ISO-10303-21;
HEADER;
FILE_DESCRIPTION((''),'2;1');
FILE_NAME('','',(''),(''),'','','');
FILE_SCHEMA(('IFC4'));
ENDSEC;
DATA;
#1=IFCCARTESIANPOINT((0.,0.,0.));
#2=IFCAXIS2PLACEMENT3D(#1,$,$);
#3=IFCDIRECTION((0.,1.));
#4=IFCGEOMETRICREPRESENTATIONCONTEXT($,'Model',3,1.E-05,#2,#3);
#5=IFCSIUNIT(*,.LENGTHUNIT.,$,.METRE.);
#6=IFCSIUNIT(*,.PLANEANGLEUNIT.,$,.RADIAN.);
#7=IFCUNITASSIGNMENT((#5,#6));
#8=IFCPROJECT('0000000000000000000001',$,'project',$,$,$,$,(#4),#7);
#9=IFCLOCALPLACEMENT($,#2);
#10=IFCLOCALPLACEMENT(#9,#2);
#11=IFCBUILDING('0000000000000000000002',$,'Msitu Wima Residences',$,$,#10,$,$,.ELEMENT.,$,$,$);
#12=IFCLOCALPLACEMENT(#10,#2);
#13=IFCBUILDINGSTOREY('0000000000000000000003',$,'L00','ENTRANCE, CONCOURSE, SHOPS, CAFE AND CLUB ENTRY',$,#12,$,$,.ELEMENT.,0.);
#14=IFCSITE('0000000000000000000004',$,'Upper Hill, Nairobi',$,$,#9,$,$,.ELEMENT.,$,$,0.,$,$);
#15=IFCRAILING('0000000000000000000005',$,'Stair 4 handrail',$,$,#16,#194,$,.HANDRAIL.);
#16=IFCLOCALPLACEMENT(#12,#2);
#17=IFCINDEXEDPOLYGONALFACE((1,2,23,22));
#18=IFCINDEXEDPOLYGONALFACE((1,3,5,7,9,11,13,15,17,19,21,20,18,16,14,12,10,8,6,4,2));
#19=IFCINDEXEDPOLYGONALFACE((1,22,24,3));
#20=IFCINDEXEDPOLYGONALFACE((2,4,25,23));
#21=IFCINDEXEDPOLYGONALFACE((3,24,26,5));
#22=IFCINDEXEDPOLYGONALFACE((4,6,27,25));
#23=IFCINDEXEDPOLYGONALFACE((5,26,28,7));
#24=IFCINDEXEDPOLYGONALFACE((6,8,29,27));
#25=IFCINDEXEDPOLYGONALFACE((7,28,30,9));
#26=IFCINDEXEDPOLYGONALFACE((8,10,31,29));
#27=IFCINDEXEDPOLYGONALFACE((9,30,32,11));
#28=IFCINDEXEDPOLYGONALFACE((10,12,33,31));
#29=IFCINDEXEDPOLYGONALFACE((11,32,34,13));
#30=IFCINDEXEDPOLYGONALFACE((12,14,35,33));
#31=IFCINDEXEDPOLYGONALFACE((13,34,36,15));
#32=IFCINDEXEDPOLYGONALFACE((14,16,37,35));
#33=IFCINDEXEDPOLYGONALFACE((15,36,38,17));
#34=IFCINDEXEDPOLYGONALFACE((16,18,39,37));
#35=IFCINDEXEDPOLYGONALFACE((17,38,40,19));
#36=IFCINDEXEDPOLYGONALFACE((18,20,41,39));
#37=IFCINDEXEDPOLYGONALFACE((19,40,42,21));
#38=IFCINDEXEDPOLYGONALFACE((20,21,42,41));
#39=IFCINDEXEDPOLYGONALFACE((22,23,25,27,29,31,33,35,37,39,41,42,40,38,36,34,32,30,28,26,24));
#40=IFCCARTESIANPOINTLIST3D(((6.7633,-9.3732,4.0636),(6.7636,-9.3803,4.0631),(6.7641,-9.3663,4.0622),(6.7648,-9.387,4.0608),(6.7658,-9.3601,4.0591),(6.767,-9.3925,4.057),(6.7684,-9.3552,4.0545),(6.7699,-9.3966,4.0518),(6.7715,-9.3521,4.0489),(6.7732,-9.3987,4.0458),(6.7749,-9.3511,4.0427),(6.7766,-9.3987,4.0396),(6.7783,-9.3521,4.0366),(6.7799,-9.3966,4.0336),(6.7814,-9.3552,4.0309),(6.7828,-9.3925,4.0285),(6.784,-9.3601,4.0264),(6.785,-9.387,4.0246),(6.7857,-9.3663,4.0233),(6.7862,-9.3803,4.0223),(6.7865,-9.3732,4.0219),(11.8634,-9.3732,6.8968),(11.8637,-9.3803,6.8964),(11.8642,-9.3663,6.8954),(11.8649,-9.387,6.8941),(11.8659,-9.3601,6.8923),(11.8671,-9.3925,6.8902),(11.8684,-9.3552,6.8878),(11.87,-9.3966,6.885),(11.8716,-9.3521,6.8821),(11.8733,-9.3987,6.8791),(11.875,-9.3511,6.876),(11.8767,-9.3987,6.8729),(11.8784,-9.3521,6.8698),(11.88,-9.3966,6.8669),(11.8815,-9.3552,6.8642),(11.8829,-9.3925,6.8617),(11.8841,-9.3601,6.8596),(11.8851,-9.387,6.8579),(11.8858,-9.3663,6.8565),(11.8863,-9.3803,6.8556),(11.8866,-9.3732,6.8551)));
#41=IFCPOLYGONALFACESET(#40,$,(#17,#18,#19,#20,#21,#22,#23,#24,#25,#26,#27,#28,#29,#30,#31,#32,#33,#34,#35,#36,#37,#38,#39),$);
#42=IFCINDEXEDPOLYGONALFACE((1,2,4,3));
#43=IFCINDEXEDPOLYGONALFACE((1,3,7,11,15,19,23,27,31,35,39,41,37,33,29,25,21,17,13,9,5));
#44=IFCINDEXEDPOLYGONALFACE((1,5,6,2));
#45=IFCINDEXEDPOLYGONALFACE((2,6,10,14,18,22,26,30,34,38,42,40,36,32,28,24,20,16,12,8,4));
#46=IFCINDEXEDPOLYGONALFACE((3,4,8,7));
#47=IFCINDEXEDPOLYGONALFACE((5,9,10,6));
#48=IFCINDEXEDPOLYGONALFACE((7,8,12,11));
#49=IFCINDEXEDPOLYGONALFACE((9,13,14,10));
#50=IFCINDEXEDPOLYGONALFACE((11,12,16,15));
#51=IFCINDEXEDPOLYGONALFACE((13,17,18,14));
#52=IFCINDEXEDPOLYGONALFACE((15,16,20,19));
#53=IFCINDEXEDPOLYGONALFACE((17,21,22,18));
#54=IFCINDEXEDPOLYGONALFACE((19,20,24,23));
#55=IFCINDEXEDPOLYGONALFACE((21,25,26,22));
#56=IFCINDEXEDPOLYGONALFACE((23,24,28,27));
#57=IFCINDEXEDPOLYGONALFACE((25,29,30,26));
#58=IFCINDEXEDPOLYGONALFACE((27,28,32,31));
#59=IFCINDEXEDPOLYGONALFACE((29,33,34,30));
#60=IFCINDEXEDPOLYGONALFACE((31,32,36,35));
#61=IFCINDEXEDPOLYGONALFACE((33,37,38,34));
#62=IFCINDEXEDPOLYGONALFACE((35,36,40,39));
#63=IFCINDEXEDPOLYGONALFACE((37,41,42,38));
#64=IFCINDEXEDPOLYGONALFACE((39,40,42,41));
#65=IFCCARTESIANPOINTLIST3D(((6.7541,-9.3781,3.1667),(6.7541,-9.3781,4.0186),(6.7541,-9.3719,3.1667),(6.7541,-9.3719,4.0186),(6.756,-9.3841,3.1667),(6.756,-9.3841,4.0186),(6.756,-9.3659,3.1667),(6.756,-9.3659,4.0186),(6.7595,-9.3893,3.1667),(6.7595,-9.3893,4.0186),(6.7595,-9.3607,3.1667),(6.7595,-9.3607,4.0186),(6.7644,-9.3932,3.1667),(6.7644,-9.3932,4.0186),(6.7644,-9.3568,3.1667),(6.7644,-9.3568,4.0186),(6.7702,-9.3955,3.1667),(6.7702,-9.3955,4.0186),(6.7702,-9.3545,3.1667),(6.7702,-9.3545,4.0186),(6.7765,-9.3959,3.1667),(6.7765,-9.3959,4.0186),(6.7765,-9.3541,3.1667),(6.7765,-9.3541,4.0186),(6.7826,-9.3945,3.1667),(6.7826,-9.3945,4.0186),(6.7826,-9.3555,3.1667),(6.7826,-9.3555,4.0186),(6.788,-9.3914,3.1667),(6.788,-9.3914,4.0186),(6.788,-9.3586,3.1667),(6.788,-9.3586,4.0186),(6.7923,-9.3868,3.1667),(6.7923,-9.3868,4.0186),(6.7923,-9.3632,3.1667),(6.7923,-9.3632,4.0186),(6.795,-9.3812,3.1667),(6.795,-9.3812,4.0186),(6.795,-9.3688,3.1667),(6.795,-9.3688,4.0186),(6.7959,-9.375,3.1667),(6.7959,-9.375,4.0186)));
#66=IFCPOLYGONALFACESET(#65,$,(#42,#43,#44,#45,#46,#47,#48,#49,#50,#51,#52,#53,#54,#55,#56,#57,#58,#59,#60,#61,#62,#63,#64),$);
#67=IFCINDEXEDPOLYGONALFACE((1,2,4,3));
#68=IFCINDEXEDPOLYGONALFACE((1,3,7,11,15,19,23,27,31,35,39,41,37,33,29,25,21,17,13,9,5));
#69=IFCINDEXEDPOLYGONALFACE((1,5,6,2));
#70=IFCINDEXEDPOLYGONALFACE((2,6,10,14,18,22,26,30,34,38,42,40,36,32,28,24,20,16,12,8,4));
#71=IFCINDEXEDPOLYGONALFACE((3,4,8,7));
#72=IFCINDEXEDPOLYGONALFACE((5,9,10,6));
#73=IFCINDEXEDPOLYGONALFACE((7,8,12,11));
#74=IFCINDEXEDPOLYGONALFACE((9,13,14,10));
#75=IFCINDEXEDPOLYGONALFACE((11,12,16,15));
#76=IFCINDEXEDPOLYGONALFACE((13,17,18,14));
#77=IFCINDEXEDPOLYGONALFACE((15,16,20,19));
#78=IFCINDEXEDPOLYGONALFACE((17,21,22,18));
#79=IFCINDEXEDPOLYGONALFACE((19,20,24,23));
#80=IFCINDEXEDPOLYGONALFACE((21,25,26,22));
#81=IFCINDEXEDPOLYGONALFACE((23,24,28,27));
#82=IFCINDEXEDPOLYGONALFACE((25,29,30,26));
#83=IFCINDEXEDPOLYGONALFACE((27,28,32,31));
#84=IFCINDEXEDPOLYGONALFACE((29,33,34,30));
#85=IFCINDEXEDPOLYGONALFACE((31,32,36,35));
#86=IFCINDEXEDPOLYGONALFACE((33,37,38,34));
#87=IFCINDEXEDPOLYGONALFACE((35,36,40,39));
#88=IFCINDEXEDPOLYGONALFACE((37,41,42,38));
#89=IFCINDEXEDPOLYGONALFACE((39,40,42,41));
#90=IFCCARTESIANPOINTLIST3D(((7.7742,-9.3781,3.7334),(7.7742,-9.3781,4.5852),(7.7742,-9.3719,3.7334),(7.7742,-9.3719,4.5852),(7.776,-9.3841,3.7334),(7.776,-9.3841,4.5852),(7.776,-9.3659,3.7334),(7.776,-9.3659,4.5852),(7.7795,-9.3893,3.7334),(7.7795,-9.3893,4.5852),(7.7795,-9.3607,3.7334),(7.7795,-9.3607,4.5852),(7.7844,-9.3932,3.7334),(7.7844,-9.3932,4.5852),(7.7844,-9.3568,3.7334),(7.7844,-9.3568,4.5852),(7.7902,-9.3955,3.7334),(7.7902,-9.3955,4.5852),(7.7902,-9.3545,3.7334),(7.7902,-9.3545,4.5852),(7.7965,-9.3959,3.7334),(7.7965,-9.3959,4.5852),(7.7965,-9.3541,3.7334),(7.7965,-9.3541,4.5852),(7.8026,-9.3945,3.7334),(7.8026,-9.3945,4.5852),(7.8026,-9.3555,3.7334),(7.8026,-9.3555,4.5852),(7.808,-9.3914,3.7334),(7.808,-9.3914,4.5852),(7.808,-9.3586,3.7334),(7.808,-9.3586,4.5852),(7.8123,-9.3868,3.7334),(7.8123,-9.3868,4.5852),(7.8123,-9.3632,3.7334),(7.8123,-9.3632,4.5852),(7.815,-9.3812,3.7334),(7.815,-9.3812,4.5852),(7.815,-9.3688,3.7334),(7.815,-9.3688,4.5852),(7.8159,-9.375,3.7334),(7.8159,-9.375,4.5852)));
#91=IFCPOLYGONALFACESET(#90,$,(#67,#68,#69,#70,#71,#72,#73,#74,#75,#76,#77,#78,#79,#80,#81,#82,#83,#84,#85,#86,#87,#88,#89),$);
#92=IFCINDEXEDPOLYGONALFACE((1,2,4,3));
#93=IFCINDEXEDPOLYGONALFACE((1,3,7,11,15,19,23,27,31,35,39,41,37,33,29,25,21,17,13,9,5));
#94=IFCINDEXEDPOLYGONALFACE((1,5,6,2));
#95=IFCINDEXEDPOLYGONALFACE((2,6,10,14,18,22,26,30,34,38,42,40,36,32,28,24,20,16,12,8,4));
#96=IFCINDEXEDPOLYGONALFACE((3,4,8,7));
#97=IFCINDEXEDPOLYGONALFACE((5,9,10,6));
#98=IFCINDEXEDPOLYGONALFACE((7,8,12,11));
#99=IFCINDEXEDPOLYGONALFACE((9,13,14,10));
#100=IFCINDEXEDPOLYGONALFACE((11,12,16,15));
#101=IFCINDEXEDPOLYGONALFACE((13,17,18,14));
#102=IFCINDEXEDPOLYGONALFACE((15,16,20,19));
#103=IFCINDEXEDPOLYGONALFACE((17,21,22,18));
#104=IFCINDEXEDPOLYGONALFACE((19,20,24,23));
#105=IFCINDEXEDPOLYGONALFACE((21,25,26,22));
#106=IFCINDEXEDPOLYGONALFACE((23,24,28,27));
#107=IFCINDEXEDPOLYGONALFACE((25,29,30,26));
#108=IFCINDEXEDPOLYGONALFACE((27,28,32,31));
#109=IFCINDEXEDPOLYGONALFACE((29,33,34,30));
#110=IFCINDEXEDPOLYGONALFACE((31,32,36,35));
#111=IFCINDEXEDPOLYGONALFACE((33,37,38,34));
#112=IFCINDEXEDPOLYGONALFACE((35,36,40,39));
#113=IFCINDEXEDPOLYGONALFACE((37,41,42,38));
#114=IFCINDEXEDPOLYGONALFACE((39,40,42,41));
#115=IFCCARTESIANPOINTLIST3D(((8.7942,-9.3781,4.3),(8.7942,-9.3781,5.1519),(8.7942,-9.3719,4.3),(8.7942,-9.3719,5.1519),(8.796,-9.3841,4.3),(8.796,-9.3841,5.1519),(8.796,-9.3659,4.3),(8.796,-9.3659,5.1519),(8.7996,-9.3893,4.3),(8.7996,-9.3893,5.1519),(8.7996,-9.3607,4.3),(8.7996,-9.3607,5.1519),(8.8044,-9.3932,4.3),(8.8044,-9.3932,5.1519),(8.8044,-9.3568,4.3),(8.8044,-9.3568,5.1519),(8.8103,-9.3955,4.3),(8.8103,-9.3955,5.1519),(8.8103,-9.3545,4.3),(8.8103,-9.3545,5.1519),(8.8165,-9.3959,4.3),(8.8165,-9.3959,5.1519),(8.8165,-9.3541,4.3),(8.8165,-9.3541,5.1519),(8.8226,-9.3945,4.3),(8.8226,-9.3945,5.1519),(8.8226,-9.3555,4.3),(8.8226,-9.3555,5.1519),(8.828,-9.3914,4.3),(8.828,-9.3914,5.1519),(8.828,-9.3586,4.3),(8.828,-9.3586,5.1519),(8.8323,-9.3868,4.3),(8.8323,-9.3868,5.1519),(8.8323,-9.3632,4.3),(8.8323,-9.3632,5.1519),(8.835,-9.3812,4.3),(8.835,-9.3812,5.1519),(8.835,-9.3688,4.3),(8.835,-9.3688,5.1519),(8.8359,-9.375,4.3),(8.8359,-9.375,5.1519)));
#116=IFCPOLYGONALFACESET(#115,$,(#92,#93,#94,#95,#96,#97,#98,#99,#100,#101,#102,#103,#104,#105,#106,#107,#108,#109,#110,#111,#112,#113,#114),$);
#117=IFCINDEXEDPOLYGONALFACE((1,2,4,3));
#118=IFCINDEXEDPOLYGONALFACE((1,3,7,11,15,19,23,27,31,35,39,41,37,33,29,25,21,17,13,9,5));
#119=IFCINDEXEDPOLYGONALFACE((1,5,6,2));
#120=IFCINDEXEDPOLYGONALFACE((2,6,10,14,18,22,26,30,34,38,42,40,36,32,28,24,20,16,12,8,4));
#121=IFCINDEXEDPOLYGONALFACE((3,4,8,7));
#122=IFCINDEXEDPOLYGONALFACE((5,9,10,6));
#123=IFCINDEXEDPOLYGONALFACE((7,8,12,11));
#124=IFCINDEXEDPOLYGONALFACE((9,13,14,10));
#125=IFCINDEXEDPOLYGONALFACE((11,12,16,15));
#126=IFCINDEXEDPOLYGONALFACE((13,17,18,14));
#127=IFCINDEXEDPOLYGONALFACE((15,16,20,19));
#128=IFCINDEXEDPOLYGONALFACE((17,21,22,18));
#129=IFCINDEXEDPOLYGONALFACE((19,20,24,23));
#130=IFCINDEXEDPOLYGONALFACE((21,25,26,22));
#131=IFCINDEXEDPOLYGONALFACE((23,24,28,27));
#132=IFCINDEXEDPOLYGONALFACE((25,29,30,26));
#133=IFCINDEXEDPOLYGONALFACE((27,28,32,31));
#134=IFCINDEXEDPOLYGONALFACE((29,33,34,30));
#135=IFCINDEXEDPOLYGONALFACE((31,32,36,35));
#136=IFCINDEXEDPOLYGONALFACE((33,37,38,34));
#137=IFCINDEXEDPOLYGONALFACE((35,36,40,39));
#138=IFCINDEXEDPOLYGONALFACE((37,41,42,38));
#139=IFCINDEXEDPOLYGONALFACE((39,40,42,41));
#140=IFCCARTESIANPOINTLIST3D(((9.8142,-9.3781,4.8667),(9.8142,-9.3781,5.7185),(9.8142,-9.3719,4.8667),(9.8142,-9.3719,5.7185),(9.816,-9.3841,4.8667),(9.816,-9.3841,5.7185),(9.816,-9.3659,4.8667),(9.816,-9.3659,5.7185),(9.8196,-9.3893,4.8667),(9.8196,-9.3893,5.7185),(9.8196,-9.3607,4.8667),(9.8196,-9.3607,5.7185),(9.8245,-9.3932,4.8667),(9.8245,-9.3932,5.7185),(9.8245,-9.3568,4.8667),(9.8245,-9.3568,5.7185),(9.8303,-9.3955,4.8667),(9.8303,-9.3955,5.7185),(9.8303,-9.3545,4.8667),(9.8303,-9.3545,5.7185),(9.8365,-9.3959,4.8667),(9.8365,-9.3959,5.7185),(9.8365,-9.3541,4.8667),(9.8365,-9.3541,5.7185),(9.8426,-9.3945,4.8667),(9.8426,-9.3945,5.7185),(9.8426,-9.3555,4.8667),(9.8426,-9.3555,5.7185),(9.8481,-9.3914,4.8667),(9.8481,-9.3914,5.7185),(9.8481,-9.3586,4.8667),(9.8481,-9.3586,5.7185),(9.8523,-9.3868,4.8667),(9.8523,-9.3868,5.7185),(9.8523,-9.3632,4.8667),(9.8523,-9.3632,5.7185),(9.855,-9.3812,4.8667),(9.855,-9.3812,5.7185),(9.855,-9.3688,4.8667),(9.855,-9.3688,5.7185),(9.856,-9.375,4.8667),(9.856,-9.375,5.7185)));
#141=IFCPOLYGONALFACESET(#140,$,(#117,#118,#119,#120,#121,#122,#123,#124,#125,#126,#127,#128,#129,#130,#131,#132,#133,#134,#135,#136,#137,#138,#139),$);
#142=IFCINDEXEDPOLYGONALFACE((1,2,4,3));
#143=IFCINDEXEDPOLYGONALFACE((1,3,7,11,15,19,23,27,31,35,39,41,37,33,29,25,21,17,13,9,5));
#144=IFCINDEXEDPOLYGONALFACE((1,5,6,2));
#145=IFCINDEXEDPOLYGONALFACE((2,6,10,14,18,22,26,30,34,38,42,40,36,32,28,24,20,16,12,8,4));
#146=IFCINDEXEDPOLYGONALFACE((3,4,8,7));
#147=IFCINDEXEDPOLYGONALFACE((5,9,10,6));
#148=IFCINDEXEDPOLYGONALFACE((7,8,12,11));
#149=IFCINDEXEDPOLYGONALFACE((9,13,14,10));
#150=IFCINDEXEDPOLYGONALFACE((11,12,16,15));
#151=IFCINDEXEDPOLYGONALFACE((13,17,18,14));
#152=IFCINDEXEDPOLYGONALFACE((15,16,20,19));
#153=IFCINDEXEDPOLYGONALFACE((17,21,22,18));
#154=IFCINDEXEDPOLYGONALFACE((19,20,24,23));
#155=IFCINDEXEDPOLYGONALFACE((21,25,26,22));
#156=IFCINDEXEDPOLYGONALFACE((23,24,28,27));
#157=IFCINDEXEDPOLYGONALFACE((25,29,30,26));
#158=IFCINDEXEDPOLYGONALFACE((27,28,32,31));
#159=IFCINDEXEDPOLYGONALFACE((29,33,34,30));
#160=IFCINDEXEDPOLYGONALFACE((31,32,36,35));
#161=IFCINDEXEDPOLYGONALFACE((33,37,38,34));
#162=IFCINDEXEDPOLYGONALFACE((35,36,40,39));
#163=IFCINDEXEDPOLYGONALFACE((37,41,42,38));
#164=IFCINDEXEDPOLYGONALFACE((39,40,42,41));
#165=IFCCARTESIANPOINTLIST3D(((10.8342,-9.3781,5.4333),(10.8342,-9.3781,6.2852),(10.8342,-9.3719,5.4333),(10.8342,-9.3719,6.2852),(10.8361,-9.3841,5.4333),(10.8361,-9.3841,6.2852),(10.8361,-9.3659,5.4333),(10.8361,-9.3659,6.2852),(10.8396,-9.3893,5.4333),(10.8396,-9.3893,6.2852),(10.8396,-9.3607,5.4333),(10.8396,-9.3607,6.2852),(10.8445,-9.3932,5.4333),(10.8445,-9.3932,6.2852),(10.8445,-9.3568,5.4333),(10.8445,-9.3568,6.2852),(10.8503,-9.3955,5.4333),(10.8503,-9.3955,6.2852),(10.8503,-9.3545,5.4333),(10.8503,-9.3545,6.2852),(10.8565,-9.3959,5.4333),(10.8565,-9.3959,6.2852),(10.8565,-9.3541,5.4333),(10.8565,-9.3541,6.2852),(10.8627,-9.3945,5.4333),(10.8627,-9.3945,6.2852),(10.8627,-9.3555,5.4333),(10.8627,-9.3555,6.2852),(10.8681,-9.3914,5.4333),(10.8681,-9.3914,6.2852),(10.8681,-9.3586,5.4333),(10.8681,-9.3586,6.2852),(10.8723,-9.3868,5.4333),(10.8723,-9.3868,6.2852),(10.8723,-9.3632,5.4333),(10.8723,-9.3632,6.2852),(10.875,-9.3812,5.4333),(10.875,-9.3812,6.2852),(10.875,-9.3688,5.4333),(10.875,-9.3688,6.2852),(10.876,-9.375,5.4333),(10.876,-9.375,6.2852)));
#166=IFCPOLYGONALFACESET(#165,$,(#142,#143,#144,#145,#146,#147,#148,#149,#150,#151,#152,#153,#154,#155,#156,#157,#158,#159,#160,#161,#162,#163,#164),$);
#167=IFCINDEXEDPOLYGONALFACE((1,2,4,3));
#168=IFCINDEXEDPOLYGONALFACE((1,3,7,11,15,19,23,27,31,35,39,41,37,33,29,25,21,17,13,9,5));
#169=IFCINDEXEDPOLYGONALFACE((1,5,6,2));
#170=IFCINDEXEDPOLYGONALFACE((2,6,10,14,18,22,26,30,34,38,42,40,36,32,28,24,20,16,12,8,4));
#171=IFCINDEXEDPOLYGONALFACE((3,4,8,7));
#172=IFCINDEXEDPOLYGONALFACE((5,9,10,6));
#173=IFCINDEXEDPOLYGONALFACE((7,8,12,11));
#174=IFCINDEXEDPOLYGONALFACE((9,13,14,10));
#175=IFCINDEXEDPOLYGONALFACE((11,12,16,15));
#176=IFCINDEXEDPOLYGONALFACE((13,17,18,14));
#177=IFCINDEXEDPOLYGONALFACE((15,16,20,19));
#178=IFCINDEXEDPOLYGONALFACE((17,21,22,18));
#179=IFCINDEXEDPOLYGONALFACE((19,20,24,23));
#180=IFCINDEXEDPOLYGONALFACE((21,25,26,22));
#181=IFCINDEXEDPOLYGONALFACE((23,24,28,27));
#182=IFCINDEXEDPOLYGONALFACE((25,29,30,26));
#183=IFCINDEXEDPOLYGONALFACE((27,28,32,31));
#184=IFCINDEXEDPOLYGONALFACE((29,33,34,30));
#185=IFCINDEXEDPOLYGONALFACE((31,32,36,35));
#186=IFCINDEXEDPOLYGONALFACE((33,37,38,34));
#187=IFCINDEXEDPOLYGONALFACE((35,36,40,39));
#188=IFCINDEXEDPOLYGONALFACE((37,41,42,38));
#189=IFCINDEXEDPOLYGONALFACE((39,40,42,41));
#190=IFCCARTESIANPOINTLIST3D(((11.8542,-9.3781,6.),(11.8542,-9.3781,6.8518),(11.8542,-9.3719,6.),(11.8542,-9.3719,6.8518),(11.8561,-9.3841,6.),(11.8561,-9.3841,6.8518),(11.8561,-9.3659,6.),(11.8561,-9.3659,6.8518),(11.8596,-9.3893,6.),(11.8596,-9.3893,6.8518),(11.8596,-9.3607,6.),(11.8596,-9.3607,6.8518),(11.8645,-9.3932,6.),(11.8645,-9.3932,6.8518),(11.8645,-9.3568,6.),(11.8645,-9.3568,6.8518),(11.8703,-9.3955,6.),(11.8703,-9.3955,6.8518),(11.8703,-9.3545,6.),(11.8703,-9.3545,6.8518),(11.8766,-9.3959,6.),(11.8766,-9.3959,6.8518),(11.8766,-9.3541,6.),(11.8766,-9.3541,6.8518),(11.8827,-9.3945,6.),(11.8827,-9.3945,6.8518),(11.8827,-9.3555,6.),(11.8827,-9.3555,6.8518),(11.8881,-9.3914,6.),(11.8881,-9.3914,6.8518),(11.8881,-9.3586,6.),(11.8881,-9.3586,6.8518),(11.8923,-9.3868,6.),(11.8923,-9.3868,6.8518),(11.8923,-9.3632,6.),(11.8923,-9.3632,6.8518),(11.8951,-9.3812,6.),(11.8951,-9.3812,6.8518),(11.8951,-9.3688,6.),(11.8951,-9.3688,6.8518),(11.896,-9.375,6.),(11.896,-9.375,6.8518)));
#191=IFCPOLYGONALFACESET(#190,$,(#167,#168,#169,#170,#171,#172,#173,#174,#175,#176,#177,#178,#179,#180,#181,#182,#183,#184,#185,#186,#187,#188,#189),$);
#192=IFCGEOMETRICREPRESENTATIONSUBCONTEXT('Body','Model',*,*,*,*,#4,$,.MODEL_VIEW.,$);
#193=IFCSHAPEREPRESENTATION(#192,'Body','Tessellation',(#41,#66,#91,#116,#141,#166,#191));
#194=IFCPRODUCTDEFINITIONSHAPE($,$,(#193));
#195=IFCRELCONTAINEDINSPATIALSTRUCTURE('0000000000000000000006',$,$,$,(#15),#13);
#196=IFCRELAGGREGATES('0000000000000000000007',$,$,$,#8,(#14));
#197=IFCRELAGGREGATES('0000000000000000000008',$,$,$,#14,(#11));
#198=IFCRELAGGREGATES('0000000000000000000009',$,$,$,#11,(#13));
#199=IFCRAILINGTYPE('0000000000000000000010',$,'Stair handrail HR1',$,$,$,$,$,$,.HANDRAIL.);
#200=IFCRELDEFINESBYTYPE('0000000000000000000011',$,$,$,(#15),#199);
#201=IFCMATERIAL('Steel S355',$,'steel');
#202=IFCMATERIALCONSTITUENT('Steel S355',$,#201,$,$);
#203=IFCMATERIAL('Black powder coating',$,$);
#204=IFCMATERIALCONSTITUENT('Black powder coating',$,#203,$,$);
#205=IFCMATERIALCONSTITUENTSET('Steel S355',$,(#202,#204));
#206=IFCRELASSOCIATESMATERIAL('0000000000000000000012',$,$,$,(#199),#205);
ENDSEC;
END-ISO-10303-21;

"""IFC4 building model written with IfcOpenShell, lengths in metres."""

from ifc_helpers import new_model, si_unit, direction, frame, origin, origin_2d, place, context, subcontext, project, spatial, circle, extrude, material, constituent, constituent_set, type_object, element, save


model = new_model("IFC4")

# Units and contexts
model_context = context("Model", 3, precision=1e-05, world=origin(), true_north=direction((0.0, 1.0)))
body_context = subcontext(model_context, "Body", "Model", "MODEL_VIEW")
ifc_project = project(units=[si_unit("LENGTHUNIT", "METRE"), si_unit("PLANEANGLEUNIT", "RADIAN")], contexts=[model_context])

# Site, building, storey
site_placement = place(None, origin())
site = spatial("IfcSite", under=ifc_project, at=site_placement, Name="Upper Hill, Nairobi", CompositionType="ELEMENT", RefElevation=0.0)
building_placement = place(site_placement, origin())
building = spatial("IfcBuilding", under=site, at=building_placement, Name="Msitu Wima Residences", CompositionType="ELEMENT")
storey_placement = place(building_placement, origin())
storey = spatial("IfcBuildingStorey", under=building, at=storey_placement, Name="L00", Description="ENTRANCE, CONCOURSE, SHOPS, CAFE AND CLUB ENTRY", CompositionType="ELEMENT", Elevation=0.0)

# Railing
ifc_material_1 = material(Name="Steel S355", Category="steel")
ifc_constituent_1 = constituent(ifc_material_1, Name="Steel S355")
ifc_material_2 = material(Name="Black powder coating")
ifc_constituent_2 = constituent(ifc_material_2, Name="Black powder coating")
ifc_constituent_set = constituent_set(constituents=[ifc_constituent_1, ifc_constituent_2], Name="Steel S355")
railing_type = type_object("IfcRailingType", Name="Stair handrail HR1", PredefinedType="HANDRAIL", material=ifc_constituent_set)
for number, where, name in (
    (1, (6.7749, -9.375, 3.1667), "Stair 4 handrail"),
):
    element("IfcRailing", number, at=place(storey_placement, frame(where)), inside=storey, type_object=railing_type, Name=name, PredefinedType="HANDRAIL", context=body_context, shape_type="SweptSolid", body=[
        extrude(circle(Radius=0.0239, at=origin_2d()), frame((0.0, 0.0, 0.876), z_axis=(0.874167, 0.0, 0.485625), x_axis=(0.0, 1.0, 0.0)), (0.0, 0.0, 1.0), 5.8342),
        extrude(circle(Radius=0.021, at=origin_2d()), origin(), (0.0, 0.0, 1.0), 0.8518),
        extrude(circle(Radius=0.021, at=origin_2d()), frame((1.02, 0.0, 0.5667)), (0.0, 0.0, 1.0), 0.8518),
        extrude(circle(Radius=0.021, at=origin_2d()), frame((2.04, 0.0, 1.1333)), (0.0, 0.0, 1.0), 0.8518),
        extrude(circle(Radius=0.021, at=origin_2d()), frame((3.0601, 0.0, 1.7)), (0.0, 0.0, 1.0), 0.8518),
        extrude(circle(Radius=0.021, at=origin_2d()), frame((4.0801, 0.0, 2.2666)), (0.0, 0.0, 1.0), 0.8518),
        extrude(circle(Radius=0.021, at=origin_2d()), frame((5.1001, 0.0, 2.8333)), (0.0, 0.0, 1.0), 0.8518),
    ])

save(model, "model.ifc")
